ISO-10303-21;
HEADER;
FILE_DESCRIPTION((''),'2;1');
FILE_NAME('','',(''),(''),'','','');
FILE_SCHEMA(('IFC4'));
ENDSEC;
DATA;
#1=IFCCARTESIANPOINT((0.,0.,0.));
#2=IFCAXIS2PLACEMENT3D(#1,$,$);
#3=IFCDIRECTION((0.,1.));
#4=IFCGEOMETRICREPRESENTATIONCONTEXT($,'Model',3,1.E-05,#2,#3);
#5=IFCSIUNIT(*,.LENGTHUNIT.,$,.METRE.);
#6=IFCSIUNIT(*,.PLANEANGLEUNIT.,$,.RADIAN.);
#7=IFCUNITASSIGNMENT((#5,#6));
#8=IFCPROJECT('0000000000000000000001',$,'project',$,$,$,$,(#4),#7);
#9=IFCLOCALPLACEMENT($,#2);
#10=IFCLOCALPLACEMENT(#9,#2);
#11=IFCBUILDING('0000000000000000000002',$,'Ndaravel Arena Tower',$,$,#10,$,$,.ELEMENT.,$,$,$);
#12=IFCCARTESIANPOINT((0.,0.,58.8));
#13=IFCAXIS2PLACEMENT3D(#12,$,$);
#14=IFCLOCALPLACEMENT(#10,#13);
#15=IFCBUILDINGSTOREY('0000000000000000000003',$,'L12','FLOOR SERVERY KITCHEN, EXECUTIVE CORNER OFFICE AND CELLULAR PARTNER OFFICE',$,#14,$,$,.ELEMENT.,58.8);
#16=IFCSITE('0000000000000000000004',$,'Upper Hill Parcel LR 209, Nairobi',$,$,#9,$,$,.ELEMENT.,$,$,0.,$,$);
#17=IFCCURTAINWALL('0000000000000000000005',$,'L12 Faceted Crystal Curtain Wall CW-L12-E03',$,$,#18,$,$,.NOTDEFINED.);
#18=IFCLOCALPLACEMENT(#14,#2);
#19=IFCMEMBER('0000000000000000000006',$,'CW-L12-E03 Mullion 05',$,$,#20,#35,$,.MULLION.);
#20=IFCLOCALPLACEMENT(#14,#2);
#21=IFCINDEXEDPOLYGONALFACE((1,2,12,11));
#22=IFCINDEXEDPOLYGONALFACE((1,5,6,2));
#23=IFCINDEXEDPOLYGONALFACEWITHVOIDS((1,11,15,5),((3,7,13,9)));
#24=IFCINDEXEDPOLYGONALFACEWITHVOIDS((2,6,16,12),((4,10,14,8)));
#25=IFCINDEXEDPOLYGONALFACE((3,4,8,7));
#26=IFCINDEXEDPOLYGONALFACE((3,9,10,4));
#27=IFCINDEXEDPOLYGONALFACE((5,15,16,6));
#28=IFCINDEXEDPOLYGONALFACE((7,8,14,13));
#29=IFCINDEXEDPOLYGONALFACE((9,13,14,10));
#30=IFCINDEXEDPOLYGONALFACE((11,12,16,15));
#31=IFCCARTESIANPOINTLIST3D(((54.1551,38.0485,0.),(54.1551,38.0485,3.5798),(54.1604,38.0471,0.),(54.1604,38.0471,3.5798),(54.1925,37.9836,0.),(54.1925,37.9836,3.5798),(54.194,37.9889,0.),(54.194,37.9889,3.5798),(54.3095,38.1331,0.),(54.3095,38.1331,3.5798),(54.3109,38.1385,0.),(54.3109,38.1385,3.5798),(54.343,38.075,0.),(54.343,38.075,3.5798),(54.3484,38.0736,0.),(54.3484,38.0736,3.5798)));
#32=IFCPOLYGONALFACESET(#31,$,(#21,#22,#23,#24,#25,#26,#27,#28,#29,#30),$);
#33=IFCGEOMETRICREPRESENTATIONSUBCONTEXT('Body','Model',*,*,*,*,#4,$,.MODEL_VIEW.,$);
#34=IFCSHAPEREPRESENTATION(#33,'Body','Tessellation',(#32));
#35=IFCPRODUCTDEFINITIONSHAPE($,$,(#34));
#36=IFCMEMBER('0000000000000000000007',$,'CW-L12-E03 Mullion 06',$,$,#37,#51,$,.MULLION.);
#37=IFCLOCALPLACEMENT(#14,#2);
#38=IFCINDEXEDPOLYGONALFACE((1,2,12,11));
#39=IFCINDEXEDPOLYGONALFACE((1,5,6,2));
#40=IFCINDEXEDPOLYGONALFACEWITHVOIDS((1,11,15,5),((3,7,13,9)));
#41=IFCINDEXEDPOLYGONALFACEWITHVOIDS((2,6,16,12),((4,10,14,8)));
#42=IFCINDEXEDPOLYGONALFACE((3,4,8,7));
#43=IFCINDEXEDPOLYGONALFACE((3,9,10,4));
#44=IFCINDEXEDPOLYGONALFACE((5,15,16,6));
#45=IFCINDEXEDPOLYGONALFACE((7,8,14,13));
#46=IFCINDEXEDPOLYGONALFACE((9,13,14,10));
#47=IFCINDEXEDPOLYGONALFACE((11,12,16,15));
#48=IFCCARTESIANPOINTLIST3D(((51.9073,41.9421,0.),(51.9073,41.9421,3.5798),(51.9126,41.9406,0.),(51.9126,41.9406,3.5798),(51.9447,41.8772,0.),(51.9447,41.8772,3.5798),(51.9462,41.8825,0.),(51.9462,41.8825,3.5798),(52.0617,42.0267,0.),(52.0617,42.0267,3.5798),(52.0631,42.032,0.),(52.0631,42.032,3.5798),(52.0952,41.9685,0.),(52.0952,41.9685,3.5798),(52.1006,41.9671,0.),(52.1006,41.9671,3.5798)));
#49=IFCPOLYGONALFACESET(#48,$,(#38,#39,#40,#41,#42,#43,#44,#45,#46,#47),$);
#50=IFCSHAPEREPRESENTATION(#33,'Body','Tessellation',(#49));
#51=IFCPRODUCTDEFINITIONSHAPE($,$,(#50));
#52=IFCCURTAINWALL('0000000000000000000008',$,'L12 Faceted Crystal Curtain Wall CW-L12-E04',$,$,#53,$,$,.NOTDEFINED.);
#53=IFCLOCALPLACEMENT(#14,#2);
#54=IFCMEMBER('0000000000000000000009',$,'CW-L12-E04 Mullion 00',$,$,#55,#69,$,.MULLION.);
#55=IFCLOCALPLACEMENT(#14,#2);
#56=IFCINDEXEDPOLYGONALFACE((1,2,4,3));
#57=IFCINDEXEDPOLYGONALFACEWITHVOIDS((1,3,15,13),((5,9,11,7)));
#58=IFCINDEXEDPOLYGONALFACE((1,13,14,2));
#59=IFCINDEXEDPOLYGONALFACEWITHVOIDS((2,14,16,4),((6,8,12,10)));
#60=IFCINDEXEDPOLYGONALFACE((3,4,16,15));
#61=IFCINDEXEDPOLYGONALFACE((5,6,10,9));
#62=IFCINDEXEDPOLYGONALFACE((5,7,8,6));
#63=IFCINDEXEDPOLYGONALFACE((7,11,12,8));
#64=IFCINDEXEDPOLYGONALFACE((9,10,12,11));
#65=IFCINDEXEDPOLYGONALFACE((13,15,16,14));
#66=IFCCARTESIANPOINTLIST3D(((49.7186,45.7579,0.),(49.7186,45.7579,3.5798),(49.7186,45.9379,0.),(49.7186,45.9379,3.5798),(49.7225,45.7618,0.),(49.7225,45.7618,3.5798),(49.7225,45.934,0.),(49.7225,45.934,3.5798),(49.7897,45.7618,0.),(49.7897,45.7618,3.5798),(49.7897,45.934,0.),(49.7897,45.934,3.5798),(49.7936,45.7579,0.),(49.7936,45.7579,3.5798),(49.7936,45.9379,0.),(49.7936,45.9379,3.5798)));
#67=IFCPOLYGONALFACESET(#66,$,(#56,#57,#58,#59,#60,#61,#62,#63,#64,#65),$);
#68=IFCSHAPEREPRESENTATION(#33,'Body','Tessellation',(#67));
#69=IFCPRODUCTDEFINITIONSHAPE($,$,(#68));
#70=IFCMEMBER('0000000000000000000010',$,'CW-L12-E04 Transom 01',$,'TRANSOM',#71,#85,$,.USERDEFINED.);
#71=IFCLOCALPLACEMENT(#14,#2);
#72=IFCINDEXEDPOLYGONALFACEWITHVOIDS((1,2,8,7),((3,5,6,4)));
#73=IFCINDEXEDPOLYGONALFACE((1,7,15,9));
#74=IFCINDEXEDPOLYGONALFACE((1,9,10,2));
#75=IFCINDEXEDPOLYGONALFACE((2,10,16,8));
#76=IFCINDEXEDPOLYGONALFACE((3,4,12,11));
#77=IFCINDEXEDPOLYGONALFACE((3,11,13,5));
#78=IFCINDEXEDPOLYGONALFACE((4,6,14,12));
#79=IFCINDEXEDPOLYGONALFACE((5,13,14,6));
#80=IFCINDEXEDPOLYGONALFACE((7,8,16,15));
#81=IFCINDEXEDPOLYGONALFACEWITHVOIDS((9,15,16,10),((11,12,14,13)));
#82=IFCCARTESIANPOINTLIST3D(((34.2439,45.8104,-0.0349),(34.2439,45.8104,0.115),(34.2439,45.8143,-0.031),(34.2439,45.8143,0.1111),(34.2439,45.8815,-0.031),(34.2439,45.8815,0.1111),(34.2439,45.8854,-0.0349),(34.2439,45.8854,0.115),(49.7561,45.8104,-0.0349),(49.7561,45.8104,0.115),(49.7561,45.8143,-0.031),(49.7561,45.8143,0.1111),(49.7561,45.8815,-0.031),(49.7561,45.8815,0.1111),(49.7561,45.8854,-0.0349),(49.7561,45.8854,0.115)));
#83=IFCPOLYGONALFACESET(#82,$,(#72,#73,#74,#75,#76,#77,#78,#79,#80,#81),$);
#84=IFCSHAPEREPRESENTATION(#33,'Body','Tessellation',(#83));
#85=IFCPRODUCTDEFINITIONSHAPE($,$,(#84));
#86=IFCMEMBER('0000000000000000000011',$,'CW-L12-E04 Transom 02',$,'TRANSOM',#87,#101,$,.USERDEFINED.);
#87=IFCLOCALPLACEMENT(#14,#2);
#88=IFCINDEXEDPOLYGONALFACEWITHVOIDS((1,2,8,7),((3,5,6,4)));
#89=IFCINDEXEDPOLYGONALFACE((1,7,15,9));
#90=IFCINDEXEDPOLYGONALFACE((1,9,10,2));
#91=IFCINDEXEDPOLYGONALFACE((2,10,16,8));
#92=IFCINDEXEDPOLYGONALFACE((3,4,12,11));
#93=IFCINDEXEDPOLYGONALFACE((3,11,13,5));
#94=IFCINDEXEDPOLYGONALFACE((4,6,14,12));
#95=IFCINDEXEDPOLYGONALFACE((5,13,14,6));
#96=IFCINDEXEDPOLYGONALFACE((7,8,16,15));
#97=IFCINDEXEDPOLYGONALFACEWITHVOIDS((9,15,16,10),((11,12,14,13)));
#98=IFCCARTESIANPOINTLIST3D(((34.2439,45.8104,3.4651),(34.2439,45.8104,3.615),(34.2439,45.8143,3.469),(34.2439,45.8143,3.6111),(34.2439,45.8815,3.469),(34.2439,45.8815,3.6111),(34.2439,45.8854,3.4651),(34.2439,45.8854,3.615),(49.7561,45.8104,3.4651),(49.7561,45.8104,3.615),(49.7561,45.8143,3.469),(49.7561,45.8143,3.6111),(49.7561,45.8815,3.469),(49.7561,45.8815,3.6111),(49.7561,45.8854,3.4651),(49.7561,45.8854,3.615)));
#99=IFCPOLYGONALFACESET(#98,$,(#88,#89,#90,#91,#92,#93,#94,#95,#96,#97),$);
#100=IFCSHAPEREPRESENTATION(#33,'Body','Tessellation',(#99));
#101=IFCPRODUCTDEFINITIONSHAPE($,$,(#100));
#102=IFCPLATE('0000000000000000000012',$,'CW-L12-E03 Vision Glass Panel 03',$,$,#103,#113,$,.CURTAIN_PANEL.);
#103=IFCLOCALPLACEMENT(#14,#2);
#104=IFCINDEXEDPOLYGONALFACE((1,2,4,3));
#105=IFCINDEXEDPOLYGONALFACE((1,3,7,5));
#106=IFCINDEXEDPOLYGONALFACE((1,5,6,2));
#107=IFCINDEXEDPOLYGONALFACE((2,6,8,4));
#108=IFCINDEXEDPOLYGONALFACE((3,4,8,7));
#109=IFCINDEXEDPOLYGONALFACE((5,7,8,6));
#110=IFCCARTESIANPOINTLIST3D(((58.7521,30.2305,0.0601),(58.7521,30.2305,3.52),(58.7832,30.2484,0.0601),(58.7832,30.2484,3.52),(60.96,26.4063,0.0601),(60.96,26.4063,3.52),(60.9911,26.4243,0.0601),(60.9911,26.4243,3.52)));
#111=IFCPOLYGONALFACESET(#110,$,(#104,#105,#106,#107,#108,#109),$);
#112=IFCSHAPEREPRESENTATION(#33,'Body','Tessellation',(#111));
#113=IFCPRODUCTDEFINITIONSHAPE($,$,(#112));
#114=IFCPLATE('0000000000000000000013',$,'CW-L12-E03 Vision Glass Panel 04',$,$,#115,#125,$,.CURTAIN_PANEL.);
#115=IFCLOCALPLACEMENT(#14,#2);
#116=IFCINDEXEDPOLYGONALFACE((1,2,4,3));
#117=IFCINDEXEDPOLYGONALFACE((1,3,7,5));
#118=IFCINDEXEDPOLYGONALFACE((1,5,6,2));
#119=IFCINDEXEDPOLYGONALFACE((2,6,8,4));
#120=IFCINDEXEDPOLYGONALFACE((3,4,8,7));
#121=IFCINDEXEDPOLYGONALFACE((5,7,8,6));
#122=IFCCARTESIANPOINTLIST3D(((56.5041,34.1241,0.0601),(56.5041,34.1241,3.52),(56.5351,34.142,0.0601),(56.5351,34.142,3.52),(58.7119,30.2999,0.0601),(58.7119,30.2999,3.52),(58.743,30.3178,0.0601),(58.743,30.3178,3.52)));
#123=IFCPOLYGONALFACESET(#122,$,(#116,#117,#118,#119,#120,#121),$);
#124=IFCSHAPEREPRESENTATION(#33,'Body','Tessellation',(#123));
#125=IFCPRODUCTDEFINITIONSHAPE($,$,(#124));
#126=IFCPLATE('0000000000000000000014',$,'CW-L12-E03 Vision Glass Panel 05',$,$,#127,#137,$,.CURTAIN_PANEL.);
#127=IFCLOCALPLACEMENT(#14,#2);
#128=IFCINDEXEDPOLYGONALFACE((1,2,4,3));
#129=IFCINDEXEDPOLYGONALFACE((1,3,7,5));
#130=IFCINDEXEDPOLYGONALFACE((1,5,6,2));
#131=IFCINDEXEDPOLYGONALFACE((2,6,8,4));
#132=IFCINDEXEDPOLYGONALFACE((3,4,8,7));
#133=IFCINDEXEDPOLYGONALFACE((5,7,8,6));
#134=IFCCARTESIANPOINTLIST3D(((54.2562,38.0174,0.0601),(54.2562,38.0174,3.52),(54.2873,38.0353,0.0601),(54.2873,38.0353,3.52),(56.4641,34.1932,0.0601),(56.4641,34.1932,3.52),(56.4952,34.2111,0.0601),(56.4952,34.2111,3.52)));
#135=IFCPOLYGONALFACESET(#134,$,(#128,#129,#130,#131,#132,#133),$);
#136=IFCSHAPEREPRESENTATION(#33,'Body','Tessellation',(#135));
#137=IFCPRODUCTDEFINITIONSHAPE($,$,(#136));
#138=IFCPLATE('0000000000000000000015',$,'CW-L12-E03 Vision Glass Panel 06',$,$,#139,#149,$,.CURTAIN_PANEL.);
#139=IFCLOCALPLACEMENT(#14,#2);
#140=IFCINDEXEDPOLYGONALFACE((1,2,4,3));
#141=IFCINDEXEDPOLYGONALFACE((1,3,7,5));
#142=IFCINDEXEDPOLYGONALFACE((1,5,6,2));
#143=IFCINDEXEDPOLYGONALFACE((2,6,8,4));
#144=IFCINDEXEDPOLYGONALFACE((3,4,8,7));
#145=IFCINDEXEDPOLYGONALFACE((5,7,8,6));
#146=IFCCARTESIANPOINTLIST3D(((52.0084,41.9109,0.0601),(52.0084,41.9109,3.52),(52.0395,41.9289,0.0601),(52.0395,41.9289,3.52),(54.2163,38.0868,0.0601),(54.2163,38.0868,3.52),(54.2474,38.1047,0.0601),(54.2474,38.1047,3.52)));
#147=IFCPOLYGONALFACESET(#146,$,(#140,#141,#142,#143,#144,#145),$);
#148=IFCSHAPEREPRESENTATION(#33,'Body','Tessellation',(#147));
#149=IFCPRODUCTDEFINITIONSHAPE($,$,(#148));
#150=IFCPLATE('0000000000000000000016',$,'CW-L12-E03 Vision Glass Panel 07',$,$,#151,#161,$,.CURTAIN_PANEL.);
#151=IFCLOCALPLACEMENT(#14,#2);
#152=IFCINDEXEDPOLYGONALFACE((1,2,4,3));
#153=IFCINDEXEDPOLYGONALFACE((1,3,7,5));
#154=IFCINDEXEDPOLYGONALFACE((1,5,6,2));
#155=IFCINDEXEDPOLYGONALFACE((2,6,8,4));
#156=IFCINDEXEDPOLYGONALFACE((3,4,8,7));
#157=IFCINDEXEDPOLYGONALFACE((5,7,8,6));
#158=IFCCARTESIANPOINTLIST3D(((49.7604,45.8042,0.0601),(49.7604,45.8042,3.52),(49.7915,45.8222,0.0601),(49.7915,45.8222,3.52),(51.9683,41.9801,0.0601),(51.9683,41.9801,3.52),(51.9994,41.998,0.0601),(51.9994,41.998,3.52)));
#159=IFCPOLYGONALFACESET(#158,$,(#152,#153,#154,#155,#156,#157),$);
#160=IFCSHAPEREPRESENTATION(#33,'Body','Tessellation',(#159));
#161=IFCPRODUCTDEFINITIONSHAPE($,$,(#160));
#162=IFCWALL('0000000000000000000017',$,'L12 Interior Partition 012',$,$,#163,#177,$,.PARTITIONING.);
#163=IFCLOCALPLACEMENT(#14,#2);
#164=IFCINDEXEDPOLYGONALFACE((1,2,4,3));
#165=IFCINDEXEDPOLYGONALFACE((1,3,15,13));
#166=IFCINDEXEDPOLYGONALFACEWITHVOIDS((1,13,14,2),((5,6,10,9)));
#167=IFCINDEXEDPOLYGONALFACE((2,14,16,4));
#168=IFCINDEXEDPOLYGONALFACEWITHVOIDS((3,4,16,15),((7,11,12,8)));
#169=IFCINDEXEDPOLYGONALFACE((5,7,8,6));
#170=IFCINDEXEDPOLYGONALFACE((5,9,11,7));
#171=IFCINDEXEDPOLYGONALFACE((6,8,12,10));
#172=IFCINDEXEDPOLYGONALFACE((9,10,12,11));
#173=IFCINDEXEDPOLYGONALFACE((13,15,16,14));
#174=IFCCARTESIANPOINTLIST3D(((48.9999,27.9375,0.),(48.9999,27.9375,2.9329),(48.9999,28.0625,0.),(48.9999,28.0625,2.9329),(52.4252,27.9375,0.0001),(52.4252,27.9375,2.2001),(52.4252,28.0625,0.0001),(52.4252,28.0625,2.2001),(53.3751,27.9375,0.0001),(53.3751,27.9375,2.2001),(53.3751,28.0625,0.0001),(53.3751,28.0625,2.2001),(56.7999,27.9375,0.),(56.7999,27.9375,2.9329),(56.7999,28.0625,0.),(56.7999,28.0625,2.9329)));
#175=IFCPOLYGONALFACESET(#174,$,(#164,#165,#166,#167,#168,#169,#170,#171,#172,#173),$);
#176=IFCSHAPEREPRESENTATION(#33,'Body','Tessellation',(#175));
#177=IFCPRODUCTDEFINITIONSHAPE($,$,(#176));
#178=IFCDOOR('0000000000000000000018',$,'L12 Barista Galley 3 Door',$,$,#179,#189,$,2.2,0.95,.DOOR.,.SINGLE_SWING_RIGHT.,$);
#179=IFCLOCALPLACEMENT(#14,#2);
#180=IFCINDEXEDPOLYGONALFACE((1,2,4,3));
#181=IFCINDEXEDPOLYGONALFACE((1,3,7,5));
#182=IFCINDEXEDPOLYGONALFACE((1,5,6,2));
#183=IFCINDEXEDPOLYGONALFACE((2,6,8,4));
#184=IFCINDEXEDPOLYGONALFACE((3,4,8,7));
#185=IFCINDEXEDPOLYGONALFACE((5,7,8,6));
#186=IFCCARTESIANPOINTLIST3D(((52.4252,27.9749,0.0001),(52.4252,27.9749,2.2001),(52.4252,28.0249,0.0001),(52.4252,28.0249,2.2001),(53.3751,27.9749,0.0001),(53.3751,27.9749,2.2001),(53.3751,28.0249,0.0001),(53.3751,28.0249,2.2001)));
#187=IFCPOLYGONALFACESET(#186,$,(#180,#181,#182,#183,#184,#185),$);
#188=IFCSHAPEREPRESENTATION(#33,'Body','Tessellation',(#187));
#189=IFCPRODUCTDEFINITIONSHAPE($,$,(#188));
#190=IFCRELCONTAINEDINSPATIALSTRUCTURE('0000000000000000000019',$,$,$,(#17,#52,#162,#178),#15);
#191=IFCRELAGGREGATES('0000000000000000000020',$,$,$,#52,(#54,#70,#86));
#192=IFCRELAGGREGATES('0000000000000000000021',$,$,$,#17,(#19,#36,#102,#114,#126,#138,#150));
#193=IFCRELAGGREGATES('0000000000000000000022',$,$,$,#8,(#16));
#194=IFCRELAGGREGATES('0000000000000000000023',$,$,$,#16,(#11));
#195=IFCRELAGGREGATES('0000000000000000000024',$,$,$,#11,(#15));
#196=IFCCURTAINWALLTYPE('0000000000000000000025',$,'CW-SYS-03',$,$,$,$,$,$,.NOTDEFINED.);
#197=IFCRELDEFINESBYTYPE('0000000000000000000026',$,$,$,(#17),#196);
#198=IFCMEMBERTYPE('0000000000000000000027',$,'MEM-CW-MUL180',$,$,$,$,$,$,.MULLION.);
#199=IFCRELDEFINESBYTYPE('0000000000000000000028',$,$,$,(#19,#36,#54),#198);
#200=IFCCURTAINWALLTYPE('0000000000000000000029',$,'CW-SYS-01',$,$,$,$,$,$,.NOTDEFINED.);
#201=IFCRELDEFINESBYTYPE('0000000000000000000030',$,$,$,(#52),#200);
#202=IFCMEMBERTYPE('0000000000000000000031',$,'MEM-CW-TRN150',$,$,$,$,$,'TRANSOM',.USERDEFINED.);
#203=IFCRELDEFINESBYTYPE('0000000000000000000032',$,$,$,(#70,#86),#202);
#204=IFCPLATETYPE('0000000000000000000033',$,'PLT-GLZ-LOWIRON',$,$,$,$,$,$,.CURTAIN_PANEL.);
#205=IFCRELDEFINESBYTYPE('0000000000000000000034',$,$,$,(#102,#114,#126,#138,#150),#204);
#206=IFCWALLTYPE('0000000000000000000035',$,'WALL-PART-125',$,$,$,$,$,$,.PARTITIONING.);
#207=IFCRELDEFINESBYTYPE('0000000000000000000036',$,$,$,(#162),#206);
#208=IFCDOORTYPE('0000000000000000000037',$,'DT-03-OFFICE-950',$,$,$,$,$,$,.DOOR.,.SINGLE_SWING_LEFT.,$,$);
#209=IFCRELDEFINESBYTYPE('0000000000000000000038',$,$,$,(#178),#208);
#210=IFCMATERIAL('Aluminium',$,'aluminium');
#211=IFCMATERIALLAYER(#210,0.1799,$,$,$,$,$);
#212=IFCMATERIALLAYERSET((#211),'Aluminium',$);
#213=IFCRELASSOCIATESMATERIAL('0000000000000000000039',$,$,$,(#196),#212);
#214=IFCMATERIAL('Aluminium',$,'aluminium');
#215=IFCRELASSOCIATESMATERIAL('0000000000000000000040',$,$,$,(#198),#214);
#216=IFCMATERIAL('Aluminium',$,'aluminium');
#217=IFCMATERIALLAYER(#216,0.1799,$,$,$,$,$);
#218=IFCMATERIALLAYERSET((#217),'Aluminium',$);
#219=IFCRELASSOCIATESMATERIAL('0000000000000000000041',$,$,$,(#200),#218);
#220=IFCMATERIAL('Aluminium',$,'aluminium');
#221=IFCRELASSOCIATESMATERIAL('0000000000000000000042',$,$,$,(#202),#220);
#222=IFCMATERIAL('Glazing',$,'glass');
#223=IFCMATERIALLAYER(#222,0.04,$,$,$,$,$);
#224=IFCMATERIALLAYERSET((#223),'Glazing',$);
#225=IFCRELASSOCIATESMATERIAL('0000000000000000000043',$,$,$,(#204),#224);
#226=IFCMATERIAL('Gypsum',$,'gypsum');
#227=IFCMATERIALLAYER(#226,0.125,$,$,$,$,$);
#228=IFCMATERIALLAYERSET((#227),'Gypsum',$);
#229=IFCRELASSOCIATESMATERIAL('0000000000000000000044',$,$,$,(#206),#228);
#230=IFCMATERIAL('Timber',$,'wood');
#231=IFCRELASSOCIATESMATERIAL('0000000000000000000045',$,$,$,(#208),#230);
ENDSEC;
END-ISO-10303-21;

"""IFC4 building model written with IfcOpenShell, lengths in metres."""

from ifc_helpers import new_model, si_unit, direction, frame, frame_2d, origin, origin_2d, place, context, subcontext, project, spatial, rectangle, hollow_rectangle, extrude, material, layer, layer_set, material_profile, profile_set, type_object, element, fill, aggregate, save


model = new_model("IFC4")

# Units and contexts
model_context = context("Model", 3, precision=1e-05, world=origin(), true_north=direction((0.0, 1.0)))
body_context = subcontext(model_context, "Body", "Model", "MODEL_VIEW")
ifc_project = project(units=[si_unit("LENGTHUNIT", "METRE"), si_unit("PLANEANGLEUNIT", "RADIAN")], contexts=[model_context])

# Site, building, storey
site_placement = place(None, origin())
site = spatial("IfcSite", under=ifc_project, at=site_placement, Name="Upper Hill Parcel LR 209, Nairobi", CompositionType="ELEMENT", RefElevation=0.0)
building_placement = place(site_placement, origin())
building = spatial("IfcBuilding", under=site, at=building_placement, Name="Ndaravel Arena Tower", CompositionType="ELEMENT")
storey_placement = place(building_placement, frame((0.0, 0.0, 58.8)))
storey = spatial("IfcBuildingStorey", under=building, at=storey_placement, Name="L12", Description="FLOOR SERVERY KITCHEN, EXECUTIVE CORNER OFFICE AND CELLULAR PARTNER OFFICE", CompositionType="ELEMENT", Elevation=58.8)

# Curtain walls, members
ifc_material_1 = material(Name="Aluminium", Category="aluminium")
ifc_layer_1 = layer(ifc_material_1, 0.1799)
ifc_layer_set_1 = layer_set([ifc_layer_1], Name="Aluminium")
curtain_wall_type_1 = type_object("IfcCurtainWallType", Name="CW-SYS-03", PredefinedType="NOTDEFINED", material=ifc_layer_set_1)
curtain_wall_1_placement = place(storey_placement, origin())
curtain_wall_1 = element("IfcCurtainWall", 1, at=curtain_wall_1_placement, inside=storey, type_object=curtain_wall_type_1, Name="L12 Faceted Crystal Curtain Wall CW-L12-E03", PredefinedType="NOTDEFINED")
ifc_material_2 = material(Name="Aluminium", Category="aluminium")
ifc_material_profile_1 = material_profile(ifc_material_2, hollow_rectangle(XDim=0.075, YDim=0.1799, WallThickness=0.0039, at=origin_2d()), Name="CW MULLION 75x180x4")
ifc_profile_set_1 = profile_set([ifc_material_profile_1], Name="Aluminium")
member_type_1 = type_object("IfcMemberType", Name="MEM-CW-MUL180", PredefinedType="MULLION", material=ifc_profile_set_1)
member_1_placement = place(storey_placement, frame((54.2517, 38.061, 0.0), z_axis=(0.0, 0.0, 1.0), x_axis=(-0.5, 0.866025, 0.0)))
member_1 = element("IfcMember", 2, at=member_1_placement, type_object=member_type_1, Name="CW-L12-E03 Mullion 05", PredefinedType="MULLION", context=body_context, shape_type="SweptSolid", body=[
    extrude(hollow_rectangle(XDim=0.075, YDim=0.1799, WallThickness=0.0039, at=origin_2d()), origin(), (0.0, 0.0, 1.0), 3.5798),
])
member_2_placement = place(storey_placement, frame((52.0039, 41.9546, 0.0), z_axis=(0.0, 0.0, 1.0), x_axis=(-0.5, 0.866025, 0.0)))
member_2 = element("IfcMember", 3, at=member_2_placement, type_object=member_type_1, Name="CW-L12-E03 Mullion 06", PredefinedType="MULLION", context=body_context, shape_type="SweptSolid", body=[
    extrude(hollow_rectangle(XDim=0.075, YDim=0.1799, WallThickness=0.0039, at=origin_2d()), origin(), (0.0, 0.0, 1.0), 3.5798),
])
ifc_material_3 = material(Name="Aluminium", Category="aluminium")
ifc_layer_2 = layer(ifc_material_3, 0.1799)
ifc_layer_set_2 = layer_set([ifc_layer_2], Name="Aluminium")
curtain_wall_type_2 = type_object("IfcCurtainWallType", Name="CW-SYS-01", PredefinedType="NOTDEFINED", material=ifc_layer_set_2)
curtain_wall_2_placement = place(storey_placement, origin())
curtain_wall_2 = element("IfcCurtainWall", 4, at=curtain_wall_2_placement, inside=storey, type_object=curtain_wall_type_2, Name="L12 Faceted Crystal Curtain Wall CW-L12-E04", PredefinedType="NOTDEFINED")
member_3_placement = place(storey_placement, frame((49.7561, 45.8479, 0.0), z_axis=(0.0, 0.0, 1.0), x_axis=(-1.0, 0.0, 0.0)))
member_3 = element("IfcMember", 5, at=member_3_placement, type_object=member_type_1, Name="CW-L12-E04 Mullion 00", PredefinedType="MULLION", context=body_context, shape_type="SweptSolid", body=[
    extrude(hollow_rectangle(XDim=0.075, YDim=0.1799, WallThickness=0.0039, at=origin_2d()), origin(), (0.0, 0.0, 1.0), 3.5798),
])
ifc_material_4 = material(Name="Aluminium", Category="aluminium")
ifc_material_profile_2 = material_profile(ifc_material_4, hollow_rectangle(XDim=0.075, YDim=0.1499, WallThickness=0.0039, at=origin_2d()), Name="CW TRANSOM 75x150x4")
ifc_profile_set_2 = profile_set([ifc_material_profile_2], Name="Aluminium")
member_type_2 = type_object("IfcMemberType", Name="MEM-CW-TRN150", ElementType="TRANSOM", PredefinedType="USERDEFINED", material=ifc_profile_set_2)
member_4_placement = place(storey_placement, frame((49.7561, 45.8479, 0.04), z_axis=(-1.0, 0.0, 0.0), x_axis=(0.0, -1.0, 0.0)))
member_4 = element("IfcMember", 6, at=member_4_placement, type_object=member_type_2, Name="CW-L12-E04 Transom 01", ObjectType="TRANSOM", PredefinedType="USERDEFINED", context=body_context, shape_type="SweptSolid", body=[
    extrude(hollow_rectangle(XDim=0.075, YDim=0.1499, WallThickness=0.0039, at=origin_2d()), origin(), (0.0, 0.0, 1.0), 15.5122),
])
member_5_placement = place(storey_placement, frame((49.7561, 45.8479, 3.54), z_axis=(-1.0, 0.0, 0.0), x_axis=(0.0, -1.0, 0.0)))
member_5 = element("IfcMember", 7, at=member_5_placement, type_object=member_type_2, Name="CW-L12-E04 Transom 02", ObjectType="TRANSOM", PredefinedType="USERDEFINED", context=body_context, shape_type="SweptSolid", body=[
    extrude(hollow_rectangle(XDim=0.075, YDim=0.1499, WallThickness=0.0039, at=origin_2d()), origin(), (0.0, 0.0, 1.0), 15.5122),
])
aggregate(curtain_wall_2, [member_3, member_4, member_5])

# Plates
ifc_material_5 = material(Name="Glazing", Category="glass")
ifc_layer_3 = layer(ifc_material_5, 0.04)
ifc_layer_set_3 = layer_set([ifc_layer_3], Name="Glazing")
plate_type = type_object("IfcPlateType", Name="PLT-GLZ-LOWIRON", PredefinedType="CURTAIN_PANEL", material=ifc_layer_set_3)
plate_1_placement = place(storey_placement, frame((59.8716, 28.3274, 0.0601), z_axis=(0.0, 0.0, 1.0), x_axis=(-0.5, 0.866025, 0.0)))
plate_1 = element("IfcPlate", 8, at=plate_1_placement, type_object=plate_type, Name="CW-L12-E03 Vision Glass Panel 03", PredefinedType="CURTAIN_PANEL", context=body_context, shape_type="SweptSolid", body=[
    extrude(rectangle(XDim=4.4158, YDim=0.0359, at=origin_2d()), origin(), (0.0, 0.0, 1.0), 3.46),
])
plate_2_placement = place(storey_placement, frame((57.6235, 32.2209, 0.0601), z_axis=(0.0, 0.0, 1.0), x_axis=(-0.5, 0.866025, 0.0)))
plate_2 = element("IfcPlate", 9, at=plate_2_placement, type_object=plate_type, Name="CW-L12-E03 Vision Glass Panel 04", PredefinedType="CURTAIN_PANEL", context=body_context, shape_type="SweptSolid", body=[
    extrude(rectangle(XDim=4.4158, YDim=0.0359, at=origin_2d()), origin(), (0.0, 0.0, 1.0), 3.46),
])
plate_3_placement = place(storey_placement, frame((55.3757, 36.1143, 0.0601), z_axis=(0.0, 0.0, 1.0), x_axis=(-0.5, 0.866025, 0.0)))
plate_3 = element("IfcPlate", 10, at=plate_3_placement, type_object=plate_type, Name="CW-L12-E03 Vision Glass Panel 05", PredefinedType="CURTAIN_PANEL", context=body_context, shape_type="SweptSolid", body=[
    extrude(rectangle(XDim=4.4158, YDim=0.0359, at=origin_2d()), origin(), (0.0, 0.0, 1.0), 3.46),
])
plate_4_placement = place(storey_placement, frame((53.1279, 40.0078, 0.0601), z_axis=(0.0, 0.0, 1.0), x_axis=(-0.5, 0.866025, 0.0)))
plate_4 = element("IfcPlate", 11, at=plate_4_placement, type_object=plate_type, Name="CW-L12-E03 Vision Glass Panel 06", PredefinedType="CURTAIN_PANEL", context=body_context, shape_type="SweptSolid", body=[
    extrude(rectangle(XDim=4.4158, YDim=0.0359, at=origin_2d()), origin(), (0.0, 0.0, 1.0), 3.46),
])
plate_5_placement = place(storey_placement, frame((50.8799, 43.9011, 0.0601), z_axis=(0.0, 0.0, 1.0), x_axis=(-0.5, 0.866025, 0.0)))
plate_5 = element("IfcPlate", 12, at=plate_5_placement, type_object=plate_type, Name="CW-L12-E03 Vision Glass Panel 07", PredefinedType="CURTAIN_PANEL", context=body_context, shape_type="SweptSolid", body=[
    extrude(rectangle(XDim=4.4158, YDim=0.0359, at=origin_2d()), origin(), (0.0, 0.0, 1.0), 3.46),
])
aggregate(curtain_wall_1, [member_1, member_2, plate_1, plate_2, plate_3, plate_4, plate_5])

# Wall, opening, door
ifc_material_6 = material(Name="Gypsum", Category="gypsum")
ifc_layer_4 = layer(ifc_material_6, 0.125)
ifc_layer_set_4 = layer_set([ifc_layer_4], Name="Gypsum")
wall_type_1 = type_object("IfcWallType", Name="WALL-PART-125", PredefinedType="PARTITIONING", material=ifc_layer_set_4)
wall_1_placement = place(storey_placement, frame((49.0, 28.0, 0.0), z_axis=(0.0, 0.0, 1.0), x_axis=(1.0, 0.0, 0.0)))
wall_1 = element("IfcWall", 13, at=wall_1_placement, inside=storey, type_object=wall_type_1, Name="L12 Interior Partition 012", PredefinedType="PARTITIONING", context=body_context, shape_type="SweptSolid", body=[
    extrude(rectangle(XDim=7.8, YDim=0.125, at=frame_2d((3.8999, 0.0))), origin(), (0.0, 0.0, 1.0), 2.9329),
])
opening_1_placement = place(wall_1_placement, frame((3.425, 0.0, 0.0)))
opening_1 = element("IfcOpeningElement", 14, at=opening_1_placement, cuts=wall_1, PredefinedType="OPENING", context=body_context, shape_type="SweptSolid", body=[
    extrude(rectangle(XDim=0.95, YDim=2.2, at=frame_2d((0.4751, 1.1001))), frame((0.0, 0.0625, 0.0), z_axis=(0.0, -1.0, 0.0), x_axis=(1.0, 0.0, 0.0)), (0.0, 0.0, 1.0), 0.125),
])
ifc_material_7 = material(Name="Timber", Category="wood")
door_type = type_object("IfcDoorType", Name="DT-03-OFFICE-950", OperationType="SINGLE_SWING_LEFT", PredefinedType="DOOR", material=ifc_material_7)
door_1_placement = place(opening_1_placement, origin())
door_1 = element("IfcDoor", 15, at=door_1_placement, inside=storey, type_object=door_type, Name="L12 Barista Galley 3 Door", OperationType="SINGLE_SWING_RIGHT", OverallHeight=2.2, OverallWidth=0.95, PredefinedType="DOOR", context=body_context, shape_type="SweptSolid", body=[
    extrude(rectangle(XDim=0.95, YDim=2.2, at=frame_2d((0.4751, 1.1001))), frame((0.0, 0.0249, 0.0), z_axis=(0.0, -1.0, 0.0), x_axis=(1.0, 0.0, 0.0)), (0.0, 0.0, 1.0), 0.05),
])
fill(opening_1, door_1)

save(model, "model.ifc")
